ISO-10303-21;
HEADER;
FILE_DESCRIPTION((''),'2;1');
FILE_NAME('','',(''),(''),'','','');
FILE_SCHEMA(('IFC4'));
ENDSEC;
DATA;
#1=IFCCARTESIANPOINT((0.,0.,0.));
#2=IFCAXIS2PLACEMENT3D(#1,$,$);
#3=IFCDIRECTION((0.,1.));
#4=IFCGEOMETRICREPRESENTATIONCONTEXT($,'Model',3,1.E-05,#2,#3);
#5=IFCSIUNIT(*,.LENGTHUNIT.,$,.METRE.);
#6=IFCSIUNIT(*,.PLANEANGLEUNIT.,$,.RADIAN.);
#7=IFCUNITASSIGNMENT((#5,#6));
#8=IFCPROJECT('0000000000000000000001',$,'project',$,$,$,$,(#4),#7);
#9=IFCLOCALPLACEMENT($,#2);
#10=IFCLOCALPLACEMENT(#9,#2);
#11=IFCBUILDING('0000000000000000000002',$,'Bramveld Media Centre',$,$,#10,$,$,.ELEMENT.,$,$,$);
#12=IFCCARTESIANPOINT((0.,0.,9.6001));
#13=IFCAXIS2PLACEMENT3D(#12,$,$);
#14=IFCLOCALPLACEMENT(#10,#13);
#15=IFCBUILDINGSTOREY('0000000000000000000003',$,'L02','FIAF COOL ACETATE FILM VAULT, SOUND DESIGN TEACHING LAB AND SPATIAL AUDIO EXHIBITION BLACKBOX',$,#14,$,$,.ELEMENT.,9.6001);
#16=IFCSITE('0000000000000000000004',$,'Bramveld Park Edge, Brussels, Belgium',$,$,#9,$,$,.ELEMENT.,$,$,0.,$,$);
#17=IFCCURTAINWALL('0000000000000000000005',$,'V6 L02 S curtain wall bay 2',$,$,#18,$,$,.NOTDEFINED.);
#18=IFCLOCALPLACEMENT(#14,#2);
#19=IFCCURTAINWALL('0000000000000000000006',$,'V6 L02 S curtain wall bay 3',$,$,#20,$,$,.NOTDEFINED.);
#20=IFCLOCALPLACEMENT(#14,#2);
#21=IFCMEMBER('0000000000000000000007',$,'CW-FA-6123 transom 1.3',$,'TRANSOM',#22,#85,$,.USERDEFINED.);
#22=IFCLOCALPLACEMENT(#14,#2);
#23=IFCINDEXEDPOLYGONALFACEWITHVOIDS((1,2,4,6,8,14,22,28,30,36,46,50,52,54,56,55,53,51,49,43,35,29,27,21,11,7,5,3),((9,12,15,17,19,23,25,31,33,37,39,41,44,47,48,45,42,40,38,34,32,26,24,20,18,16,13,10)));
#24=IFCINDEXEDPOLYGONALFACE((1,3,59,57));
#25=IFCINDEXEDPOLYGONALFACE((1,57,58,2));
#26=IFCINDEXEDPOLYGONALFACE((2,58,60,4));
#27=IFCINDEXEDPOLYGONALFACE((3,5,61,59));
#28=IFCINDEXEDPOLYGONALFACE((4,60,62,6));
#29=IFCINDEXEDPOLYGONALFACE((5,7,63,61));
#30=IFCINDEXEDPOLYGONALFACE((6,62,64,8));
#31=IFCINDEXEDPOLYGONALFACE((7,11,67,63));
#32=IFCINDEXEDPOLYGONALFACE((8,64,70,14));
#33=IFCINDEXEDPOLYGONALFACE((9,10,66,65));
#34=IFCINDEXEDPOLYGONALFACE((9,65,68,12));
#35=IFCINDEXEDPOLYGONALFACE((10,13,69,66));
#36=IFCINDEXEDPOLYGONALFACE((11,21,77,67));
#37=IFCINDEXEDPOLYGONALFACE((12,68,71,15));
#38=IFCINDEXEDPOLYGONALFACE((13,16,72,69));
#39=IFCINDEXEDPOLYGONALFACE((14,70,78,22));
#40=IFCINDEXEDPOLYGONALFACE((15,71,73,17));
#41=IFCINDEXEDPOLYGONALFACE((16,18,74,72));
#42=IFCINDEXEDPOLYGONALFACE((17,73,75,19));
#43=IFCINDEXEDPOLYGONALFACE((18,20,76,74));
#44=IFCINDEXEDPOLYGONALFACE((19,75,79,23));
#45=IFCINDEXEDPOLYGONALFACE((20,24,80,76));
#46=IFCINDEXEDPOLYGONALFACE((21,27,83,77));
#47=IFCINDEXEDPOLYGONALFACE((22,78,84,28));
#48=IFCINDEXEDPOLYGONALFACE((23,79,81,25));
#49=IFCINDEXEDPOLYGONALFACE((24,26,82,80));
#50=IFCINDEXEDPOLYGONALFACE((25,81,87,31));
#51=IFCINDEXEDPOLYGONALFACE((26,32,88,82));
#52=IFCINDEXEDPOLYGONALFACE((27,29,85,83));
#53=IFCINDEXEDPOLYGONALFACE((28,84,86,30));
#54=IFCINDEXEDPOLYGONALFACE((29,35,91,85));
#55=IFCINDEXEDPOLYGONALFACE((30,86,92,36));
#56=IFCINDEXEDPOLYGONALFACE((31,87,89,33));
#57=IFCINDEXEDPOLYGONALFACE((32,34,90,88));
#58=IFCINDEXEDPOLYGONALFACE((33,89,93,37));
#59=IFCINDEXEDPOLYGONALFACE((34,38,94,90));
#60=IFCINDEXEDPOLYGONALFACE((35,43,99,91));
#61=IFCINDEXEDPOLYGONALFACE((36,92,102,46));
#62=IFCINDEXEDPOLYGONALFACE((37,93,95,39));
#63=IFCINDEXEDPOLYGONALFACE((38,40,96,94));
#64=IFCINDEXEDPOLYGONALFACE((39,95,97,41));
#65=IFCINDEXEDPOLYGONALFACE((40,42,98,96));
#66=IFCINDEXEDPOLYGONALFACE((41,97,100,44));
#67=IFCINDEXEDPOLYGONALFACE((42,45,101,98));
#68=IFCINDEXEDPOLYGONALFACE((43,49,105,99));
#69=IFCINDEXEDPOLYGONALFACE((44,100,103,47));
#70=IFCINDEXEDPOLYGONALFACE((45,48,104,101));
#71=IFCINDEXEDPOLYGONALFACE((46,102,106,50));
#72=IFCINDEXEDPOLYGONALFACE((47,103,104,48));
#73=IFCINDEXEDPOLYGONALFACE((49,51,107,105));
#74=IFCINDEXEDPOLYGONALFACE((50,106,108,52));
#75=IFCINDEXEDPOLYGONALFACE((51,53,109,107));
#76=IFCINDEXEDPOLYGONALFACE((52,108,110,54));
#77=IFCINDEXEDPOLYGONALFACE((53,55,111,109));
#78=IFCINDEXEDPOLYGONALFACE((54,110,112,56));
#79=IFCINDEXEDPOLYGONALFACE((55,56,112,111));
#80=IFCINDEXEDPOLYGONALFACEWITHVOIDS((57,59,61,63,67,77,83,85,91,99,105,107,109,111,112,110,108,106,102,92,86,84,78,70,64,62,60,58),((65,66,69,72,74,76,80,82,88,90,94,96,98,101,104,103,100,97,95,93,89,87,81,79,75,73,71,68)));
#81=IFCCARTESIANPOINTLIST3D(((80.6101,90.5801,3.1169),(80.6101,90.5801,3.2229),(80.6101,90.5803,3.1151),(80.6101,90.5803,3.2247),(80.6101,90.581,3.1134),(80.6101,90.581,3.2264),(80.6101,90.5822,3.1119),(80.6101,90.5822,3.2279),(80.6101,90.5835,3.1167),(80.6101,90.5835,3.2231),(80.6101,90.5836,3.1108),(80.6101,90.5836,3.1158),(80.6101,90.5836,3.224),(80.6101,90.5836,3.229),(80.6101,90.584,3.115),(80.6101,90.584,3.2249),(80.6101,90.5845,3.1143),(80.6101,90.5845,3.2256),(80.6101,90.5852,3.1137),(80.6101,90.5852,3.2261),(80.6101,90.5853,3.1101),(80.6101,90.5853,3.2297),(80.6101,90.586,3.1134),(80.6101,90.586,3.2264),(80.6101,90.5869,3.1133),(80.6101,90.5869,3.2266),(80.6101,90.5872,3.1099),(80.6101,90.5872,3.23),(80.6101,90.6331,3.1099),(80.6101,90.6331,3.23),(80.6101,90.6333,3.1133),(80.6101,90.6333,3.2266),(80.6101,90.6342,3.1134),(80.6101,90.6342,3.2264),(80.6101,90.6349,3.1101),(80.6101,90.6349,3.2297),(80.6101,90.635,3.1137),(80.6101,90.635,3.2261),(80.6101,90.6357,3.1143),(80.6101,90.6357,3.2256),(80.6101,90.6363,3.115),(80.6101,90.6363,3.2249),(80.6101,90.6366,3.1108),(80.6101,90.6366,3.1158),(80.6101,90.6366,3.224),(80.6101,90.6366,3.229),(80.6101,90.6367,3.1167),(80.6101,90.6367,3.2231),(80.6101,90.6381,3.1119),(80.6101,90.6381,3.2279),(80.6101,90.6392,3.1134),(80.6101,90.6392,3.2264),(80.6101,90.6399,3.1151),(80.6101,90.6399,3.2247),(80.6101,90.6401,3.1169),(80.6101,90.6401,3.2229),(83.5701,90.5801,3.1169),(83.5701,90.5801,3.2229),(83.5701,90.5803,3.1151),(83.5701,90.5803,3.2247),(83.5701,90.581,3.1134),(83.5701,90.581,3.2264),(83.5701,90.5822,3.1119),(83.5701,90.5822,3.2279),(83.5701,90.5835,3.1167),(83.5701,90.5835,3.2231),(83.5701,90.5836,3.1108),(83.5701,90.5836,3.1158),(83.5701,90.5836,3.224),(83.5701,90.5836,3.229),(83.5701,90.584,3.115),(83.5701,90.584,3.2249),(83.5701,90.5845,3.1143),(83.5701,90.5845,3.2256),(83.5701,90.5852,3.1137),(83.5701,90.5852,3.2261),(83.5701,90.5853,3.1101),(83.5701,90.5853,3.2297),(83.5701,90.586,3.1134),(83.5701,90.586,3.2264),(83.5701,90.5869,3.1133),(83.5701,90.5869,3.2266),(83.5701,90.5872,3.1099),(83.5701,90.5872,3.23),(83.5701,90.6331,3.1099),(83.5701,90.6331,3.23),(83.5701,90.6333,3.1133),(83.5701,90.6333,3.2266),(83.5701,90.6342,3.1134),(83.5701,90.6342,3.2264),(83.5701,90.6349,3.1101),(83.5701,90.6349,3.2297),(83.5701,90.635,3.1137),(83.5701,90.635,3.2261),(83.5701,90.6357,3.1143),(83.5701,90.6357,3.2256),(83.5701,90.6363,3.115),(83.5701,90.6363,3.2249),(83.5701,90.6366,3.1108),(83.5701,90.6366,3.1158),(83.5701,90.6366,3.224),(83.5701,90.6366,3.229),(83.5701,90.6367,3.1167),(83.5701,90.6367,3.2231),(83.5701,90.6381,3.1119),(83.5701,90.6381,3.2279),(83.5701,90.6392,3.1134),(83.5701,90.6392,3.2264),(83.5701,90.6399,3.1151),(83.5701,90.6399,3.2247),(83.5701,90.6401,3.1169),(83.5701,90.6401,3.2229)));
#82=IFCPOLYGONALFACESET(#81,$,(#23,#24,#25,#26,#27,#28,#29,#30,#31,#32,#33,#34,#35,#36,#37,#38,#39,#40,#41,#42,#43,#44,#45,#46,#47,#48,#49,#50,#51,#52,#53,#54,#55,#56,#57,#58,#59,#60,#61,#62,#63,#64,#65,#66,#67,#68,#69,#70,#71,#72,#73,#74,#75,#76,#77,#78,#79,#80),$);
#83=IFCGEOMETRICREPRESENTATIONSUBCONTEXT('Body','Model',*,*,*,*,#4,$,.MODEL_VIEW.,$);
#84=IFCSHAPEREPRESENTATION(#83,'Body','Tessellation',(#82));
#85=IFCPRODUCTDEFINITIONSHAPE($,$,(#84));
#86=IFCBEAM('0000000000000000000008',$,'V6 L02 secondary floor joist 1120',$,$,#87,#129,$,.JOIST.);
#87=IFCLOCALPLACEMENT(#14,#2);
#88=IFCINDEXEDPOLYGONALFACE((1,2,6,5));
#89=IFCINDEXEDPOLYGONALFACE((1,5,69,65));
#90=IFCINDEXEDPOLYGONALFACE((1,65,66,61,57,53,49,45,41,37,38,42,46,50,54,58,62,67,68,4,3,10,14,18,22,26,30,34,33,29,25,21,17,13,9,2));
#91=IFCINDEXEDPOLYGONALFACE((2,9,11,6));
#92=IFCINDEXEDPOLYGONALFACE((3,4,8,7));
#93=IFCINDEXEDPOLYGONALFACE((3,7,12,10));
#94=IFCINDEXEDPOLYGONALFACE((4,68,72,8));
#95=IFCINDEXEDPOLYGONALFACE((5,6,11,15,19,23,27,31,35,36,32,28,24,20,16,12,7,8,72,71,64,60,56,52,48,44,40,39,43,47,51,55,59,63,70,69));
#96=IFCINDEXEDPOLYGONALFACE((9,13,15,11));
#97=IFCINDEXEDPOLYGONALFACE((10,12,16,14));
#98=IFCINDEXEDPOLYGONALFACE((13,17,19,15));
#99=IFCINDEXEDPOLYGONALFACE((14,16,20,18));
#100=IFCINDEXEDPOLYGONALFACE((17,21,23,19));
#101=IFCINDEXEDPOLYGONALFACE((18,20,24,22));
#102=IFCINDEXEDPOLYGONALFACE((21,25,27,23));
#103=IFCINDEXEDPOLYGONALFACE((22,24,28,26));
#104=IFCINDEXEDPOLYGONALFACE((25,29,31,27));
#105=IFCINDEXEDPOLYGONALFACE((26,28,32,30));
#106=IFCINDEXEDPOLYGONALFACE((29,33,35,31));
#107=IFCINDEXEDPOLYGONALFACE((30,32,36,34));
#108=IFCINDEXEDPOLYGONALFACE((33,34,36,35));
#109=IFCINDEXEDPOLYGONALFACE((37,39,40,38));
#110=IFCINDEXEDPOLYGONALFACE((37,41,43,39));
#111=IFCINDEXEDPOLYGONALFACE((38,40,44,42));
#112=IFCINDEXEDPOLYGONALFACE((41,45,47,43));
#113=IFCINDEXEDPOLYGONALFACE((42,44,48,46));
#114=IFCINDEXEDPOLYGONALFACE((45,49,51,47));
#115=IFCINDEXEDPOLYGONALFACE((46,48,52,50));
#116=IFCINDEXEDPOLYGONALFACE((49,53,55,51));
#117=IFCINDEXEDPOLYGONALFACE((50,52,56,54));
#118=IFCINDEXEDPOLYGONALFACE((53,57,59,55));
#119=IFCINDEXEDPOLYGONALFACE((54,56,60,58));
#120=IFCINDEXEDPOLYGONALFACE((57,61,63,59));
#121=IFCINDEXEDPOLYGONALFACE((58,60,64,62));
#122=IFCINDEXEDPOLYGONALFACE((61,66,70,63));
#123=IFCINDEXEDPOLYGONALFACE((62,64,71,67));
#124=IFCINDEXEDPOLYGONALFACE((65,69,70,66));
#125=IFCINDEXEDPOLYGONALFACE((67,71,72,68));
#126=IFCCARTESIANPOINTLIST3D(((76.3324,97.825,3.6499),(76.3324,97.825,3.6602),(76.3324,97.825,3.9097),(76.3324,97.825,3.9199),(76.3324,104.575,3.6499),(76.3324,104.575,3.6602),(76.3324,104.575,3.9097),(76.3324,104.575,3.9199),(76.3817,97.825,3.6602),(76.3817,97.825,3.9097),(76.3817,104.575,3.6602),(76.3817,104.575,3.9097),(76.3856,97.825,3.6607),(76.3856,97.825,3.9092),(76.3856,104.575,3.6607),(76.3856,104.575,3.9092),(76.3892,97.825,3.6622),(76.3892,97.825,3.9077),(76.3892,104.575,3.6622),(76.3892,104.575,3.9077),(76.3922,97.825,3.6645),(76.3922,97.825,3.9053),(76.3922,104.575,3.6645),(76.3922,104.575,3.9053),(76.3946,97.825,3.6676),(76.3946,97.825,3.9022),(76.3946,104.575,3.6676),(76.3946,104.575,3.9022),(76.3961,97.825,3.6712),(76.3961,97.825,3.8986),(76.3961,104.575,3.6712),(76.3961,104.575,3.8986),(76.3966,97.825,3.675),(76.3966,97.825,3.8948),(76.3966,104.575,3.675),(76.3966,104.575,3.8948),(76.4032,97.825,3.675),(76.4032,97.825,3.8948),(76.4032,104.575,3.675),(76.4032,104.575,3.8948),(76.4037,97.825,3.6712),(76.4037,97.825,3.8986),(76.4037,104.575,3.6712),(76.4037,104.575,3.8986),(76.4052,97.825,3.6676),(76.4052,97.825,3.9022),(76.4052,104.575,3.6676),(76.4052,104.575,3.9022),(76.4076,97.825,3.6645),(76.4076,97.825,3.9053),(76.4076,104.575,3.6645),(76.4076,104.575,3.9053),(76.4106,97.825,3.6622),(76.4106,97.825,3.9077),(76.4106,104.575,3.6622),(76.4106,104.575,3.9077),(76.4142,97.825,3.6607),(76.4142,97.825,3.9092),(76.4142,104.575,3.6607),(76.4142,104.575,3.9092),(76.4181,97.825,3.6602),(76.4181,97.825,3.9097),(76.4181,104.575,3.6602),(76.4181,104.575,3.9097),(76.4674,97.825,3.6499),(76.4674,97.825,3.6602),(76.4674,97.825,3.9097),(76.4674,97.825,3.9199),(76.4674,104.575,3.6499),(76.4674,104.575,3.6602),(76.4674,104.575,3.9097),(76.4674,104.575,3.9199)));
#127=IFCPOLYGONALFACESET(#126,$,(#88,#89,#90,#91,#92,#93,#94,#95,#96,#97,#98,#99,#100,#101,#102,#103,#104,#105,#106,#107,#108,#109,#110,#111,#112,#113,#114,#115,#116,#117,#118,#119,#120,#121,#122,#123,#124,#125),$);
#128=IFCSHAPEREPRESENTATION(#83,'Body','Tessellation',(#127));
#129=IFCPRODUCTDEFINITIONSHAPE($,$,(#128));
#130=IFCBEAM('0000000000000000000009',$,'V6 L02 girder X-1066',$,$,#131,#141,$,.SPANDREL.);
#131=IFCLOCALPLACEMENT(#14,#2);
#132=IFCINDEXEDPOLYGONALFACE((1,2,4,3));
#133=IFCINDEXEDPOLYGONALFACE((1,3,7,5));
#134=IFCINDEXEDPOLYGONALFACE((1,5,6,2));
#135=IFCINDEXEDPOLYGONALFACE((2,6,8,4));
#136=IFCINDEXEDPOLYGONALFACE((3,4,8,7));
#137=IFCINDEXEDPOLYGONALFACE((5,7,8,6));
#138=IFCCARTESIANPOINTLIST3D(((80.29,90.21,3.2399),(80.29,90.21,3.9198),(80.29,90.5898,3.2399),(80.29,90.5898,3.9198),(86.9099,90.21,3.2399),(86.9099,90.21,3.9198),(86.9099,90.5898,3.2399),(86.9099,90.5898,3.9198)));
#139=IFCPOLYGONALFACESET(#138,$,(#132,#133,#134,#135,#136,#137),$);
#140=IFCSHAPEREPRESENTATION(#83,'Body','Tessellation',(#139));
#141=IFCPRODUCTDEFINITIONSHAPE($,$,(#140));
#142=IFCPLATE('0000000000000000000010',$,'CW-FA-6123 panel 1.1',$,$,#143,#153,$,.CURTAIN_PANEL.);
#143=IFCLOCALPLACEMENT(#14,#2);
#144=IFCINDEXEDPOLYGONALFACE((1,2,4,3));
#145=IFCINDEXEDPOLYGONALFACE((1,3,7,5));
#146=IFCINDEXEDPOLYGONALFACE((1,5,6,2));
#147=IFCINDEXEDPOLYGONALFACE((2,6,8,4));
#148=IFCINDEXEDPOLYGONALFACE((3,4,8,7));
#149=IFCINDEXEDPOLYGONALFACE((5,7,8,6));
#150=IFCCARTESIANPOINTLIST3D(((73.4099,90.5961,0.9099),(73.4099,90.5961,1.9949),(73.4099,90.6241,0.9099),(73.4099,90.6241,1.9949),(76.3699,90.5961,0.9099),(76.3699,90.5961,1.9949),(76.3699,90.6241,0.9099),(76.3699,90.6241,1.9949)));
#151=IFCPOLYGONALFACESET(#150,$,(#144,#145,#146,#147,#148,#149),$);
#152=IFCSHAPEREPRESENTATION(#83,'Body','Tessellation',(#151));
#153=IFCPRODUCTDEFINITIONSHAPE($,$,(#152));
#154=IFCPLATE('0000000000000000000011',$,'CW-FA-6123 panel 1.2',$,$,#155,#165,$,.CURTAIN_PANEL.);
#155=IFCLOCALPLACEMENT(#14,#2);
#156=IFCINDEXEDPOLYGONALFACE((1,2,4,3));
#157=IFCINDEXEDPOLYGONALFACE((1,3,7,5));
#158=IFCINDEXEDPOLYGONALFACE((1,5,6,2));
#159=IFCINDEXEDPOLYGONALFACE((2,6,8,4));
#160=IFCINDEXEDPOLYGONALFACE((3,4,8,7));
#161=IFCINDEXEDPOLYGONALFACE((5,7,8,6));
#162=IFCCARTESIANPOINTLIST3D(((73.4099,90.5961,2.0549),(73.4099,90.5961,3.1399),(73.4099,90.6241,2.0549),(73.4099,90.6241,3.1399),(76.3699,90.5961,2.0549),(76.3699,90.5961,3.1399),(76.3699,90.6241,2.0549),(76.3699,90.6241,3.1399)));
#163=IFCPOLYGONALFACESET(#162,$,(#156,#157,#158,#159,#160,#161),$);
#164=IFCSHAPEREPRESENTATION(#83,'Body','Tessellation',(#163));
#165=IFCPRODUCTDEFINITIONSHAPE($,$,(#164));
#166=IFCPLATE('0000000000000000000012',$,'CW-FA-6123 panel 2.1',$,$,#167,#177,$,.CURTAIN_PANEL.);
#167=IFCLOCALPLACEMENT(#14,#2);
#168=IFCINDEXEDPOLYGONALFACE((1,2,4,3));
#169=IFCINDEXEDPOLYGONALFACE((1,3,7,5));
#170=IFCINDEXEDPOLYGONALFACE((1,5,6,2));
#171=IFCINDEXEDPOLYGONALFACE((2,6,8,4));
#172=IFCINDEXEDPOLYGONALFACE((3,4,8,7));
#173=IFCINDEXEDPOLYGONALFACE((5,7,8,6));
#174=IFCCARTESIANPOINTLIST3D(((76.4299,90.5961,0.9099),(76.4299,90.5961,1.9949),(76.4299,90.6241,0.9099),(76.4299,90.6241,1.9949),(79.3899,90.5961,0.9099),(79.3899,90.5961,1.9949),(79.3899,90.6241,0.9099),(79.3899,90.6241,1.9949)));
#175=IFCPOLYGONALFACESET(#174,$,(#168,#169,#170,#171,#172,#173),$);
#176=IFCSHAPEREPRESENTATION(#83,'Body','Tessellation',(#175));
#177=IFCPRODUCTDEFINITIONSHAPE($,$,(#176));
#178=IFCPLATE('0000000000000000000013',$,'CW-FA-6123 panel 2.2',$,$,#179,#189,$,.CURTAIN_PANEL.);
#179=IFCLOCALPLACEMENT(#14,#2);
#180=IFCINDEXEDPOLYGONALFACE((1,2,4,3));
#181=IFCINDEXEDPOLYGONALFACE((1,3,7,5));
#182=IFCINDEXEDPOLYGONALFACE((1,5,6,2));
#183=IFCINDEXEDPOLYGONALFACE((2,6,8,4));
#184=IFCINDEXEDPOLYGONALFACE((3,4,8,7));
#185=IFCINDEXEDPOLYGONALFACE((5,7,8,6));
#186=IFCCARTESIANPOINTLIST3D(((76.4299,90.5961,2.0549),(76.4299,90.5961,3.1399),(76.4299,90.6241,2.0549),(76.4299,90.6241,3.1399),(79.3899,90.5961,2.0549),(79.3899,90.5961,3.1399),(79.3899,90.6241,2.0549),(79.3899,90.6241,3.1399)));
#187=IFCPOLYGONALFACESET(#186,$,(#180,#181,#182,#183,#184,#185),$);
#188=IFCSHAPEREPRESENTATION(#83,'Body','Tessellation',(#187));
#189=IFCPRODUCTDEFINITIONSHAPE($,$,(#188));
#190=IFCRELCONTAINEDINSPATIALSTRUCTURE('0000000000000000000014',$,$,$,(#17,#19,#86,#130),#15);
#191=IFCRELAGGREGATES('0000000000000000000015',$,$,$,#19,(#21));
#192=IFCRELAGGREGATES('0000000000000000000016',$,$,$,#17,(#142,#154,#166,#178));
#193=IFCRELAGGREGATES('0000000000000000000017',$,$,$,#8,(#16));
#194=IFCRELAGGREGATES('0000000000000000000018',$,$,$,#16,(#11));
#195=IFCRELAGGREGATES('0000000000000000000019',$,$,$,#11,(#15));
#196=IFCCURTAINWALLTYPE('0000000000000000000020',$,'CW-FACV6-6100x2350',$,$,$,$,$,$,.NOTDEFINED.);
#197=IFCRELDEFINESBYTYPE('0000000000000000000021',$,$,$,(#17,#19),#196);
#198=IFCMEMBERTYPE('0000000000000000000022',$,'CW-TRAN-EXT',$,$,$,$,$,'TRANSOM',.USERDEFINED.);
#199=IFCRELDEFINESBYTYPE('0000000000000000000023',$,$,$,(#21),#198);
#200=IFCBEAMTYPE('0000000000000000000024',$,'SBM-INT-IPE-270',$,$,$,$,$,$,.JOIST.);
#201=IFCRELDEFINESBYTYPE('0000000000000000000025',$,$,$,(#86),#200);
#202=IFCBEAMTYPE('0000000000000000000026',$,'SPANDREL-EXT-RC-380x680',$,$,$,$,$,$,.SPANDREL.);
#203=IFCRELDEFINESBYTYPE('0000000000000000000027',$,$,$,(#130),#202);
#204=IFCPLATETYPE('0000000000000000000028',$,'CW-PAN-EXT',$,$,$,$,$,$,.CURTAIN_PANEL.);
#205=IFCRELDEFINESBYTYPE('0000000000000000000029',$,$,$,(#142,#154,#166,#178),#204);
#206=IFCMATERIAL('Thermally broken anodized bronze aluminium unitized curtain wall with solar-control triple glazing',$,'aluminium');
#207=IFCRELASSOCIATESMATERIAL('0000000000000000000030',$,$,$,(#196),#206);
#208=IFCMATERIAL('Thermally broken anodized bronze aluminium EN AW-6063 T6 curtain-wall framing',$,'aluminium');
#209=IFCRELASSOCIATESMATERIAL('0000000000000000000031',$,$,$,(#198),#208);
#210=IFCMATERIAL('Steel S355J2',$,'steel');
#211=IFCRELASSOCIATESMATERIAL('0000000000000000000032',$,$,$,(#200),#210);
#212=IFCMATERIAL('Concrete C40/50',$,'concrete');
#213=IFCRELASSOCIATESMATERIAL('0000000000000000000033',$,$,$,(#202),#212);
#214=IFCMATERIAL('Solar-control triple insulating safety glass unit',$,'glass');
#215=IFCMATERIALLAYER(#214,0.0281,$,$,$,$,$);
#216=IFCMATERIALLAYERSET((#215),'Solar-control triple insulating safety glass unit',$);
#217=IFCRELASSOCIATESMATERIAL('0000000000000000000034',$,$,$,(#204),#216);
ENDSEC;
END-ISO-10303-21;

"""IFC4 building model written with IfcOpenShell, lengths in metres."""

from ifc_helpers import new_model, si_unit, direction, frame, origin, origin_2d, place, context, subcontext, project, spatial, rectangle, hollow_rectangle, i_section, extrude, material, layer, layer_set, material_profile, profile_set, type_object, element, aggregate, save


model = new_model("IFC4")

# Units and contexts
model_context = context("Model", 3, precision=1e-05, world=origin(), true_north=direction((0.0, 1.0)))
body_context = subcontext(model_context, "Body", "Model", "MODEL_VIEW")
ifc_project = project(units=[si_unit("LENGTHUNIT", "METRE"), si_unit("PLANEANGLEUNIT", "RADIAN")], contexts=[model_context])

# Site, building, storey
site_placement = place(None, origin())
site = spatial("IfcSite", under=ifc_project, at=site_placement, Name="Bramveld Park Edge, Brussels, Belgium", CompositionType="ELEMENT", RefElevation=0.0)
building_placement = place(site_placement, origin())
building = spatial("IfcBuilding", under=site, at=building_placement, Name="Bramveld Media Centre", CompositionType="ELEMENT")
storey_placement = place(building_placement, frame((0.0, 0.0, 9.6001)))
storey = spatial("IfcBuildingStorey", under=building, at=storey_placement, Name="L02", Description="FIAF COOL ACETATE FILM VAULT, SOUND DESIGN TEACHING LAB AND SPATIAL AUDIO EXHIBITION BLACKBOX", CompositionType="ELEMENT", Elevation=9.6001)

# Curtain wall
ifc_material_1 = material(Name="Thermally broken anodized bronze aluminium unitized curtain wall with solar-control triple glazing", Category="aluminium")
curtain_wall_type_1 = type_object("IfcCurtainWallType", Name="CW-FACV6-6100x2350", PredefinedType="NOTDEFINED", material=ifc_material_1)
curtain_wall_1_placement = place(storey_placement, origin())
curtain_wall_1 = element("IfcCurtainWall", 1, at=curtain_wall_1_placement, inside=storey, type_object=curtain_wall_type_1, Name="V6 L02 S curtain wall bay 2", PredefinedType="NOTDEFINED")

# Curtain wall
curtain_wall_2_placement = place(storey_placement, origin())
curtain_wall_2 = element("IfcCurtainWall", 2, at=curtain_wall_2_placement, inside=storey, type_object=curtain_wall_type_1, Name="V6 L02 S curtain wall bay 3", PredefinedType="NOTDEFINED")

# Member
ifc_material_2 = material(Name="Thermally broken anodized bronze aluminium EN AW-6063 T6 curtain-wall framing", Category="aluminium")
ifc_material_profile_1 = material_profile(ifc_material_2, hollow_rectangle(XDim=0.0601, YDim=0.1201, WallThickness=0.0034, InnerFilletRadius=0.0034, OuterFilletRadius=0.0071, at=origin_2d()), Name="AL-TRAN 60x120")
ifc_profile_set_1 = profile_set([ifc_material_profile_1], Name="Thermally broken anodized bronze aluminium EN AW-6063 T6 curtain-wall framing")
member_type_1 = type_object("IfcMemberType", Name="CW-TRAN-EXT", ElementType="TRANSOM", PredefinedType="USERDEFINED", material=ifc_profile_set_1)
member_1_placement = place(storey_placement, frame((80.6101, 90.6101, 3.1699), z_axis=(1.0, 0.0, 0.0), x_axis=(0.0, 1.0, 0.0)))
member_1 = element("IfcMember", 3, at=member_1_placement, type_object=member_type_1, Name="CW-FA-6123 transom 1.3", ObjectType="TRANSOM", PredefinedType="USERDEFINED", context=body_context, shape_type="SweptSolid", body=[
    extrude(hollow_rectangle(XDim=0.0601, YDim=0.1201, WallThickness=0.0034, InnerFilletRadius=0.0034, OuterFilletRadius=0.0071, at=origin_2d()), origin(), (0.0, 0.0, 1.0), 2.96),
])
aggregate(curtain_wall_2, [member_1])

# Beams
ifc_material_3 = material(Name="Steel S355J2", Category="steel")
ifc_material_profile_2 = material_profile(ifc_material_3, i_section(OverallWidth=0.135, OverallDepth=0.27, WebThickness=0.0066, FlangeThickness=0.0103, FilletRadius=0.0149, at=origin_2d()), Name="IPE 270")
ifc_profile_set_2 = profile_set([ifc_material_profile_2], Name="Steel S355J2")
beam_type_1 = type_object("IfcBeamType", Name="SBM-INT-IPE-270", PredefinedType="JOIST", material=ifc_profile_set_2)
beam_1_placement = place(storey_placement, frame((76.3999, 97.825, 3.7849), z_axis=(0.0, 1.0, 0.0), x_axis=(-1.0, 0.0, 0.0)))
element("IfcBeam", 4, at=beam_1_placement, inside=storey, type_object=beam_type_1, Name="V6 L02 secondary floor joist 1120", PredefinedType="JOIST", context=body_context, shape_type="SweptSolid", body=[
    extrude(i_section(OverallWidth=0.135, OverallDepth=0.27, WebThickness=0.0066, FlangeThickness=0.0103, FilletRadius=0.0149, at=origin_2d()), origin(), (0.0, 0.0, 1.0), 6.75),
])
ifc_material_4 = material(Name="Concrete C40/50", Category="concrete")
ifc_material_profile_3 = material_profile(ifc_material_4, rectangle(XDim=0.3799, YDim=0.6799, at=origin_2d()), Name="RC 380x680")
ifc_profile_set_3 = profile_set([ifc_material_profile_3], Name="Concrete C40/50")
beam_type_2 = type_object("IfcBeamType", Name="SPANDREL-EXT-RC-380x680", PredefinedType="SPANDREL", material=ifc_profile_set_3)
beam_2_placement = place(storey_placement, frame((80.29, 90.3999, 3.5798), z_axis=(1.0, 0.0, 0.0), x_axis=(0.0, 1.0, 0.0)))
element("IfcBeam", 5, at=beam_2_placement, inside=storey, type_object=beam_type_2, Name="V6 L02 girder X-1066", PredefinedType="SPANDREL", context=body_context, shape_type="SweptSolid", body=[
    extrude(rectangle(XDim=0.3799, YDim=0.6799, at=origin_2d()), origin(), (0.0, 0.0, 1.0), 6.6199),
])

# Plates
ifc_material_5 = material(Name="Solar-control triple insulating safety glass unit", Category="glass")
ifc_layer_1 = layer(ifc_material_5, 0.0281)
ifc_layer_set_1 = layer_set([ifc_layer_1], Name="Solar-control triple insulating safety glass unit")
plate_type = type_object("IfcPlateType", Name="CW-PAN-EXT", PredefinedType="CURTAIN_PANEL", material=ifc_layer_set_1)
plate_1_placement = place(storey_placement, frame((74.8899, 90.6101, 0.9099), z_axis=(0.0, 0.0, 1.0), x_axis=(1.0, 0.0, 0.0)))
plate_1 = element("IfcPlate", 6, at=plate_1_placement, type_object=plate_type, Name="CW-FA-6123 panel 1.1", PredefinedType="CURTAIN_PANEL", context=body_context, shape_type="SweptSolid", body=[
    extrude(rectangle(XDim=2.96, YDim=0.0281, at=origin_2d()), origin(), (0.0, 0.0, 1.0), 1.085),
])
plate_2_placement = place(storey_placement, frame((74.8899, 90.6101, 2.0549), z_axis=(0.0, 0.0, 1.0), x_axis=(1.0, 0.0, 0.0)))
plate_2 = element("IfcPlate", 7, at=plate_2_placement, type_object=plate_type, Name="CW-FA-6123 panel 1.2", PredefinedType="CURTAIN_PANEL", context=body_context, shape_type="SweptSolid", body=[
    extrude(rectangle(XDim=2.96, YDim=0.0281, at=origin_2d()), origin(), (0.0, 0.0, 1.0), 1.085),
])
plate_3_placement = place(storey_placement, frame((77.9099, 90.6101, 0.9099), z_axis=(0.0, 0.0, 1.0), x_axis=(1.0, 0.0, 0.0)))
plate_3 = element("IfcPlate", 8, at=plate_3_placement, type_object=plate_type, Name="CW-FA-6123 panel 2.1", PredefinedType="CURTAIN_PANEL", context=body_context, shape_type="SweptSolid", body=[
    extrude(rectangle(XDim=2.96, YDim=0.0281, at=origin_2d()), origin(), (0.0, 0.0, 1.0), 1.085),
])
plate_4_placement = place(storey_placement, frame((77.9099, 90.6101, 2.0549), z_axis=(0.0, 0.0, 1.0), x_axis=(1.0, 0.0, 0.0)))
plate_4 = element("IfcPlate", 9, at=plate_4_placement, type_object=plate_type, Name="CW-FA-6123 panel 2.2", PredefinedType="CURTAIN_PANEL", context=body_context, shape_type="SweptSolid", body=[
    extrude(rectangle(XDim=2.96, YDim=0.0281, at=origin_2d()), origin(), (0.0, 0.0, 1.0), 1.085),
])
aggregate(curtain_wall_1, [plate_1, plate_2, plate_3, plate_4])

save(model, "model.ifc")
